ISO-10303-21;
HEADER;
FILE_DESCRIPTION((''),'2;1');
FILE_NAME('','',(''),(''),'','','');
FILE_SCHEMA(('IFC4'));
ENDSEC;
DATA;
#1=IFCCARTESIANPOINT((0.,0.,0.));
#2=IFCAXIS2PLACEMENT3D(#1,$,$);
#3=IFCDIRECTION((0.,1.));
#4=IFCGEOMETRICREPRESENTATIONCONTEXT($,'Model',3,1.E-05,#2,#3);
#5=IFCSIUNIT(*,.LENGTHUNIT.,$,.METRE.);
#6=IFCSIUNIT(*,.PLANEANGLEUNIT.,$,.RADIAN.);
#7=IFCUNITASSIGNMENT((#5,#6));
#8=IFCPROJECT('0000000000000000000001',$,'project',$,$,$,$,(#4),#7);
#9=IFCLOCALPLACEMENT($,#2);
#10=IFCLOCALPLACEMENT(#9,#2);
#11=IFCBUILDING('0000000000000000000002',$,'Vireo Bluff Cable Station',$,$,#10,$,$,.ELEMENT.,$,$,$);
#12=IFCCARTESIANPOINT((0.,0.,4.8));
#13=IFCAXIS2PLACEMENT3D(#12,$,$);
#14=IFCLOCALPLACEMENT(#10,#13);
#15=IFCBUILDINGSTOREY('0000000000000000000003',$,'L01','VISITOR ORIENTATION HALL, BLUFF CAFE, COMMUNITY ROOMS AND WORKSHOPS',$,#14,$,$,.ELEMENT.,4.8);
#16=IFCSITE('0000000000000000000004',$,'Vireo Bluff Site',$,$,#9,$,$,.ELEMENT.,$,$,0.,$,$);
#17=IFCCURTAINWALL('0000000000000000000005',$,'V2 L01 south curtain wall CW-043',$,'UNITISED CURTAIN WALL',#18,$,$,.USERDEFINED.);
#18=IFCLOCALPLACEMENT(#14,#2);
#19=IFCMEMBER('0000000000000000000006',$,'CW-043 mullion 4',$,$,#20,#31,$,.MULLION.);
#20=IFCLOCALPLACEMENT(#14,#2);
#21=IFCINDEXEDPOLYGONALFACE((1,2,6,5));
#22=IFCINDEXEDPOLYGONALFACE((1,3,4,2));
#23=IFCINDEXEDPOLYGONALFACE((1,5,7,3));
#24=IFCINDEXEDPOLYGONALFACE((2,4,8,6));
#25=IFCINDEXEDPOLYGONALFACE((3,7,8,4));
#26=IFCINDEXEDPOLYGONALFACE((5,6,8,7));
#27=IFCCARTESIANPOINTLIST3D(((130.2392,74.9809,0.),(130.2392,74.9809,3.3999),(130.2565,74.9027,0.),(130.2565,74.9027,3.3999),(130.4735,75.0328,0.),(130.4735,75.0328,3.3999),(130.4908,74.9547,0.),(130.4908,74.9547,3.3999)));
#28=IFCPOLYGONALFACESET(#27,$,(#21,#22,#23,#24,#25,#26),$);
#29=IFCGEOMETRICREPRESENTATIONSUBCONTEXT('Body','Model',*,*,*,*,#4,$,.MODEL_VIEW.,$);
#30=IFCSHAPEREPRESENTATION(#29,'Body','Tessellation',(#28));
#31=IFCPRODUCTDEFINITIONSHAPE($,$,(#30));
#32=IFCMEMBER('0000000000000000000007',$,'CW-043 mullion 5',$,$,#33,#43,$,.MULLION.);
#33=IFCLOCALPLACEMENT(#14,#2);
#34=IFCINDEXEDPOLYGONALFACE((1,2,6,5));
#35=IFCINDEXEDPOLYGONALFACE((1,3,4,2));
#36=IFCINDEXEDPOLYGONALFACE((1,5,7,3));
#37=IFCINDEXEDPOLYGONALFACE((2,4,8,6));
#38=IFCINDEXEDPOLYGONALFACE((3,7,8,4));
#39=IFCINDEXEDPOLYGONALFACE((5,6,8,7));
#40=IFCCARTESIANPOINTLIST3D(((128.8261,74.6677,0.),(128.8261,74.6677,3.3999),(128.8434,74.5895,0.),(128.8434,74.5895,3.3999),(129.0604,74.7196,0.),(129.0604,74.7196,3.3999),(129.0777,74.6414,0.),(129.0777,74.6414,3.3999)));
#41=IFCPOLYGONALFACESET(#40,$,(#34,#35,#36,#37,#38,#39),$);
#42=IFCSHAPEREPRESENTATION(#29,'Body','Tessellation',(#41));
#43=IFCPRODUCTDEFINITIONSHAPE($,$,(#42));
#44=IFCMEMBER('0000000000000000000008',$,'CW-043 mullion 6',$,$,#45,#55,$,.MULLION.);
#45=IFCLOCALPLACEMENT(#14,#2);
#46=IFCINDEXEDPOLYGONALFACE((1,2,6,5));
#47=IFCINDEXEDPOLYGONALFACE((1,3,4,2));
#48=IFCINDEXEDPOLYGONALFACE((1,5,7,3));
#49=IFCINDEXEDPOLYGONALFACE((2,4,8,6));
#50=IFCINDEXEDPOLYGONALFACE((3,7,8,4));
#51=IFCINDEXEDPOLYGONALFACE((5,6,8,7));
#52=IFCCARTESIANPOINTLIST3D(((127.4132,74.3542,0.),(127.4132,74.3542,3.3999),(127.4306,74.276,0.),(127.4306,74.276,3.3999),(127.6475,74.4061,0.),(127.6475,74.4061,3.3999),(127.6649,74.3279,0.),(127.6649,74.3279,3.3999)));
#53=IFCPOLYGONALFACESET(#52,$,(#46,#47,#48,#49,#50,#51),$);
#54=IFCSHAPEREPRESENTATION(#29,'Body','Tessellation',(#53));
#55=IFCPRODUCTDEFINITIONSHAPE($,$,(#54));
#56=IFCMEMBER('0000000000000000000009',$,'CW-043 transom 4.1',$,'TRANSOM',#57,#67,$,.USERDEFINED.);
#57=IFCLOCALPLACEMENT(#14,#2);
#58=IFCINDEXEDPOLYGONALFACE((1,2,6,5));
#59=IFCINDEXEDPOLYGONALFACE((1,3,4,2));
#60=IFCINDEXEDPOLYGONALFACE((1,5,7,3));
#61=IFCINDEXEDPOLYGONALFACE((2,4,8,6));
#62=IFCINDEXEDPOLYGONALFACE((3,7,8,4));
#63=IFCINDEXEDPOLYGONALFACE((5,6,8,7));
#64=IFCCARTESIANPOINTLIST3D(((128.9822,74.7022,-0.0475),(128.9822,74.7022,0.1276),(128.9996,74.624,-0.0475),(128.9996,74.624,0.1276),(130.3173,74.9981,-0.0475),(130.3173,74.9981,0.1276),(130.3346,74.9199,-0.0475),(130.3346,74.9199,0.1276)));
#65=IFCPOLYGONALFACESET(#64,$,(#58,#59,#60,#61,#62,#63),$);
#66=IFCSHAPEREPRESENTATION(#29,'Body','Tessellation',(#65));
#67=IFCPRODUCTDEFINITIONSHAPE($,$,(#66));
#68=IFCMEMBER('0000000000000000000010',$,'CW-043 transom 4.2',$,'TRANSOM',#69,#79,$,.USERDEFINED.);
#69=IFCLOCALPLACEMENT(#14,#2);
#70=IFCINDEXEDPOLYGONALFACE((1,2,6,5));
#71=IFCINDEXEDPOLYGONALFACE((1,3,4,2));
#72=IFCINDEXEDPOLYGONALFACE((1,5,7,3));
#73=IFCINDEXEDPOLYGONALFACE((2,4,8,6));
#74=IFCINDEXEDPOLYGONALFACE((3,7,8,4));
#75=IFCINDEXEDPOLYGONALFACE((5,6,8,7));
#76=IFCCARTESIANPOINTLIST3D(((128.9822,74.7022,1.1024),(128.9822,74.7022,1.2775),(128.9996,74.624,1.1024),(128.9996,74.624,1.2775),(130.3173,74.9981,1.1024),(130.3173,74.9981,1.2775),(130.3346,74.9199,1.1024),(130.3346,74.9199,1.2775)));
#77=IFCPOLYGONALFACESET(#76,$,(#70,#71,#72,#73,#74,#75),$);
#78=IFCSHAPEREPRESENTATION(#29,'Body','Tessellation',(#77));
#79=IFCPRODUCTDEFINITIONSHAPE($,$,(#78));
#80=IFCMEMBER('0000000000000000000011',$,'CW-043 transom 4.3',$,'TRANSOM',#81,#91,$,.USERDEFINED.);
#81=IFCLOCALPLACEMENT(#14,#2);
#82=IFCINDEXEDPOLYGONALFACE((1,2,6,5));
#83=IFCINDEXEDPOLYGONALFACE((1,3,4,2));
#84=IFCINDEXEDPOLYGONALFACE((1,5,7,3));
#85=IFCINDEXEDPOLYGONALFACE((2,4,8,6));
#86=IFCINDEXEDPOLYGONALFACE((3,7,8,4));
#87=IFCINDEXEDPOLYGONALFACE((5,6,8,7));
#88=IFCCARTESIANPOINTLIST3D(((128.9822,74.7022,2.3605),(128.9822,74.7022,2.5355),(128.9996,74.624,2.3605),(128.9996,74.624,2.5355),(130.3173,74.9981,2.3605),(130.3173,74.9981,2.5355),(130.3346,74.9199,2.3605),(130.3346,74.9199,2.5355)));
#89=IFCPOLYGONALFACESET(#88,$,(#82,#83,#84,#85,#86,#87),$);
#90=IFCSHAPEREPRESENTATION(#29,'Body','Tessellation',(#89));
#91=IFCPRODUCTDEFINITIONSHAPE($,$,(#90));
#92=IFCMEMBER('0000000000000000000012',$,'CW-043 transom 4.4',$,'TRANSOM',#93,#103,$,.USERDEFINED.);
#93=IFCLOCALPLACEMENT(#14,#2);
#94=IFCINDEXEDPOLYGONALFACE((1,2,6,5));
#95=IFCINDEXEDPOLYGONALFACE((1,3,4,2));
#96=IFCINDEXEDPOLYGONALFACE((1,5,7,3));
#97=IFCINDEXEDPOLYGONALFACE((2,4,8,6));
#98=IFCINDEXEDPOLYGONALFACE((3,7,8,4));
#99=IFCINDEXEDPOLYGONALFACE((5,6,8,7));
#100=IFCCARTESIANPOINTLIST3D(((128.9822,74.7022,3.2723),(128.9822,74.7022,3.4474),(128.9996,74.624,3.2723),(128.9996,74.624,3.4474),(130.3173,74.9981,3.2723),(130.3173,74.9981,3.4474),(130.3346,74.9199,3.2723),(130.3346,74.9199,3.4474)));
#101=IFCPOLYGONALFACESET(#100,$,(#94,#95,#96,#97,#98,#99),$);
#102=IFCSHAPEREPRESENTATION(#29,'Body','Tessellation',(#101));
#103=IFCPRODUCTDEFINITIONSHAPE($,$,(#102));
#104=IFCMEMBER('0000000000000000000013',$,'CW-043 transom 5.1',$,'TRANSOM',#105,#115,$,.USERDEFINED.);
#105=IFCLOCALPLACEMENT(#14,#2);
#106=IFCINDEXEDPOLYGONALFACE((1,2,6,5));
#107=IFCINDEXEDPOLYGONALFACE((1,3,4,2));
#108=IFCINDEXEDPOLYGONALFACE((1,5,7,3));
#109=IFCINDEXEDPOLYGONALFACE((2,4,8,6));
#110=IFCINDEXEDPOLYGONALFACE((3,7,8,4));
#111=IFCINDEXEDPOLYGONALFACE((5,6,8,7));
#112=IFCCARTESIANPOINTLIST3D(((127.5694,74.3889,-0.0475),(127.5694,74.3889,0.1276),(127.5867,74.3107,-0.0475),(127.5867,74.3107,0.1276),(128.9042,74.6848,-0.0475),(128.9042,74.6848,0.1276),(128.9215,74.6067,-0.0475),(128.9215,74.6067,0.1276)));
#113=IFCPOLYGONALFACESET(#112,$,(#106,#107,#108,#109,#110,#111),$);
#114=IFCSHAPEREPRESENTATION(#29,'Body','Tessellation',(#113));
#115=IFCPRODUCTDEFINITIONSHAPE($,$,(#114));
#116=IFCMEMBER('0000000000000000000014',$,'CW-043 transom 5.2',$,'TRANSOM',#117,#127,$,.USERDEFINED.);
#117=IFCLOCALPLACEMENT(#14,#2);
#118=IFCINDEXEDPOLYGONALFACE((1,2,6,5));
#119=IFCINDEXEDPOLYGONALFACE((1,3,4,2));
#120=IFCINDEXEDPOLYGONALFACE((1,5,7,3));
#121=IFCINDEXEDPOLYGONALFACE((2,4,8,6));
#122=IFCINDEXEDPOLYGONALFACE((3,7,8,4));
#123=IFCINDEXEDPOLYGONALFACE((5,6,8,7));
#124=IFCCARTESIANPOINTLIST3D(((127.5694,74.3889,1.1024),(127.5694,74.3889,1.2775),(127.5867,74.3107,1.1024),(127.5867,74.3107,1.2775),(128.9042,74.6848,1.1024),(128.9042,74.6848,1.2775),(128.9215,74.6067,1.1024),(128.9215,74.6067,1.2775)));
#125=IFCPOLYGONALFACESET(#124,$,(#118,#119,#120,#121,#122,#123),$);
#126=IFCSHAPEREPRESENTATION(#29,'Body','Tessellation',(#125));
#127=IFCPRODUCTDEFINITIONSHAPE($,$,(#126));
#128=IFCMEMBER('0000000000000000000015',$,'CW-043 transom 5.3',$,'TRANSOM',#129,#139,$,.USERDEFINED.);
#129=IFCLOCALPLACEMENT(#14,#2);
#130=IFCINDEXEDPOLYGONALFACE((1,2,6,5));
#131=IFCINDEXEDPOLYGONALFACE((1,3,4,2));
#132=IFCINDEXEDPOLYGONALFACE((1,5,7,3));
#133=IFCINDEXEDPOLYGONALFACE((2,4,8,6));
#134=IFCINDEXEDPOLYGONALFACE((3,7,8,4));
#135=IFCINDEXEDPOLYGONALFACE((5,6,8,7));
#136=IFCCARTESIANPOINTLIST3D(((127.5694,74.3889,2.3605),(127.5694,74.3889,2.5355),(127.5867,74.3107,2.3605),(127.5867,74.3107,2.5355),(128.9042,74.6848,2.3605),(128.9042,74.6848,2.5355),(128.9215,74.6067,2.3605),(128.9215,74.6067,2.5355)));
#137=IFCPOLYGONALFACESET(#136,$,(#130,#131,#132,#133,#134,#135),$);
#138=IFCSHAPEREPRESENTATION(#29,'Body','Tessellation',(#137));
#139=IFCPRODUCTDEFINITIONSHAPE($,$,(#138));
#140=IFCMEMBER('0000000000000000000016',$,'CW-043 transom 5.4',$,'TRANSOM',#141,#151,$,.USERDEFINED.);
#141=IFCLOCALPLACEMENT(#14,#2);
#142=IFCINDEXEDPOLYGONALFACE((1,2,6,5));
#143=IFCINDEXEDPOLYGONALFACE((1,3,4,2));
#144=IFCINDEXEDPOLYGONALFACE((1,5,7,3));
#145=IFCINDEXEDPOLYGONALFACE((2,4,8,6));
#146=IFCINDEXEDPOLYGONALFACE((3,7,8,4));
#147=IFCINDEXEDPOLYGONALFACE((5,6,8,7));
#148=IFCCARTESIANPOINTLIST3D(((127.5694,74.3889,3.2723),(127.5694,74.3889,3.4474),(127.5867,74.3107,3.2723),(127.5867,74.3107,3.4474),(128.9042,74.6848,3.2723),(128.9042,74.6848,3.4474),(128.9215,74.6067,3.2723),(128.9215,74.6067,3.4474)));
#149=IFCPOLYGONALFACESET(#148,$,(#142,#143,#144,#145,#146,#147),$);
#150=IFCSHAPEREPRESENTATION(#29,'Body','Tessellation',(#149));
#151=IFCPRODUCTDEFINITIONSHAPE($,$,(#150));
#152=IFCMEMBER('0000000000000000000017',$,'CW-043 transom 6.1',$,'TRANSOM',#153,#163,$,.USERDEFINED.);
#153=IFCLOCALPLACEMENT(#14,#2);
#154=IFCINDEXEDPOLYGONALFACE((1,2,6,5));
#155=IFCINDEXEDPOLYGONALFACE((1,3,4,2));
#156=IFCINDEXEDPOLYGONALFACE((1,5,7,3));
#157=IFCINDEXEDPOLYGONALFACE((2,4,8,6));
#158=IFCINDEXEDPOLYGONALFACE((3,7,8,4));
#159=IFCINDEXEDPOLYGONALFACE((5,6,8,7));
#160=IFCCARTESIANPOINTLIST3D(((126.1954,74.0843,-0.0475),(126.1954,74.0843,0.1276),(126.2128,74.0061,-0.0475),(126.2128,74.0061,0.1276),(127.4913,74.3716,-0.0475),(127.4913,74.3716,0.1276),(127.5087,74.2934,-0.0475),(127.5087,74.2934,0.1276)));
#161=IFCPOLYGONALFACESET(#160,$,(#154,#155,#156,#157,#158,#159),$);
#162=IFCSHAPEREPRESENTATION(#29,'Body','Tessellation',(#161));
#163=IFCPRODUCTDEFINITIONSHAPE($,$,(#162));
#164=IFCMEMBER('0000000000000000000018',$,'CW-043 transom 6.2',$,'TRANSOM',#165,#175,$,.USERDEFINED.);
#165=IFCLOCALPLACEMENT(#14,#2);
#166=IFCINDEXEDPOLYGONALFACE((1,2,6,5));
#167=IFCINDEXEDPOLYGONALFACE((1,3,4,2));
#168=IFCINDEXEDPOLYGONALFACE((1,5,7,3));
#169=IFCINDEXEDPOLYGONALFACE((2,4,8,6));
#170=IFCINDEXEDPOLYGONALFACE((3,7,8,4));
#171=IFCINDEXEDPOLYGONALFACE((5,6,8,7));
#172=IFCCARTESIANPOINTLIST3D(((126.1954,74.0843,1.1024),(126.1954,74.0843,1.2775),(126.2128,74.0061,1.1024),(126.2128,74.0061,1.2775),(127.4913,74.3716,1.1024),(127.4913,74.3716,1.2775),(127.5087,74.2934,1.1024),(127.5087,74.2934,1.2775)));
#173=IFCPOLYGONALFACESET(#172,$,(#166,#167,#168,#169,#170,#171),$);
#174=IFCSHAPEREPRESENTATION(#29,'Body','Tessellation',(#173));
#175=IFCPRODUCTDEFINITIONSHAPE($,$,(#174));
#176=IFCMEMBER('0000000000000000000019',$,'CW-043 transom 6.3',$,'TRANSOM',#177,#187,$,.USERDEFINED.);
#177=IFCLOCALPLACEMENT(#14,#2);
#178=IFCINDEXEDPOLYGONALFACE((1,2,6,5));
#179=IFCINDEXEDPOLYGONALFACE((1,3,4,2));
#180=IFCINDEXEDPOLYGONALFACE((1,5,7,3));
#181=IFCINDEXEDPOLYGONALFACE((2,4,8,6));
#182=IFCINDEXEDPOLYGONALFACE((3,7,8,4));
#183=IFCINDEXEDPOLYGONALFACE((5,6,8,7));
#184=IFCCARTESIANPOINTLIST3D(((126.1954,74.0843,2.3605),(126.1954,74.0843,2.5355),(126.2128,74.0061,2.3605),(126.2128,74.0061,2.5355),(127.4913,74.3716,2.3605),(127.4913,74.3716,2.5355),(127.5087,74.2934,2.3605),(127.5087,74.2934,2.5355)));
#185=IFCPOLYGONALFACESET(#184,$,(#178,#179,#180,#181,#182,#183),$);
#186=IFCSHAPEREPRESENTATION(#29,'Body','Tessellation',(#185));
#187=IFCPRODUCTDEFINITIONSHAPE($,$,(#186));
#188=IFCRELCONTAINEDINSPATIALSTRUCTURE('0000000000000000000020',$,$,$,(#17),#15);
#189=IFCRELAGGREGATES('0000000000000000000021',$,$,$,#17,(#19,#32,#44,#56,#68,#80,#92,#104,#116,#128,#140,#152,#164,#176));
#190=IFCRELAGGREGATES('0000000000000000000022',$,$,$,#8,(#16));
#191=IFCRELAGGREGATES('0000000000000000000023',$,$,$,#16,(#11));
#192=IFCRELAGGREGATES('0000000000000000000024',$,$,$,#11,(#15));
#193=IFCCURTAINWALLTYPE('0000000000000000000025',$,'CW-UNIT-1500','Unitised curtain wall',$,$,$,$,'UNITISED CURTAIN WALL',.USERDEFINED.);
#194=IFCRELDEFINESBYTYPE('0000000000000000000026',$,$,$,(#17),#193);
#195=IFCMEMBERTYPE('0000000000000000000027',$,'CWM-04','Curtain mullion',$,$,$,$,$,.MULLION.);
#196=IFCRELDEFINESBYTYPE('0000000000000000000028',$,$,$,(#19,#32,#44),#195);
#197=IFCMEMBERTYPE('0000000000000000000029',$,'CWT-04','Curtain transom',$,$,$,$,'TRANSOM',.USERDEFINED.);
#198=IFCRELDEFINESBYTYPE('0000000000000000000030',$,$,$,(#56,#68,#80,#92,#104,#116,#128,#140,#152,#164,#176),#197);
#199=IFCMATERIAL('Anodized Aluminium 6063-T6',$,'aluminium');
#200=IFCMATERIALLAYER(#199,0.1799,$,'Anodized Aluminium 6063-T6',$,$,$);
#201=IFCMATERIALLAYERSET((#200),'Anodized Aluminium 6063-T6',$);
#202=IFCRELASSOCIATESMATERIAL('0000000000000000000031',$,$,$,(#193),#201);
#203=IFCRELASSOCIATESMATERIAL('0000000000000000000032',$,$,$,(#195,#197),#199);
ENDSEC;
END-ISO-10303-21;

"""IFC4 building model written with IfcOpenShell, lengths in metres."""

from ifc_helpers import new_model, si_unit, direction, frame, origin, origin_2d, place, context, subcontext, project, spatial, rectangle, extrude, material, layer, layer_set, material_profile, profile_set, type_object, element, aggregate, save


model = new_model("IFC4")

# Units and contexts
model_context = context("Model", 3, precision=1e-05, world=origin(), true_north=direction((0.0, 1.0)))
body_context = subcontext(model_context, "Body", "Model", "MODEL_VIEW")
ifc_project = project(units=[si_unit("LENGTHUNIT", "METRE"), si_unit("PLANEANGLEUNIT", "RADIAN")], contexts=[model_context])

# Site, building, storey
site_placement = place(None, origin())
site = spatial("IfcSite", under=ifc_project, at=site_placement, Name="Vireo Bluff Site", CompositionType="ELEMENT", RefElevation=0.0)
building_placement = place(site_placement, origin())
building = spatial("IfcBuilding", under=site, at=building_placement, Name="Vireo Bluff Cable Station", CompositionType="ELEMENT")
storey_placement = place(building_placement, frame((0.0, 0.0, 4.8)))
storey = spatial("IfcBuildingStorey", under=building, at=storey_placement, Name="L01", Description="VISITOR ORIENTATION HALL, BLUFF CAFE, COMMUNITY ROOMS AND WORKSHOPS", CompositionType="ELEMENT", Elevation=4.8)

# Curtain wall, members
ifc_material_1 = material(Name="Anodized Aluminium 6063-T6", Category="aluminium")
ifc_layer_1 = layer(ifc_material_1, 0.1799, Name="Anodized Aluminium 6063-T6")
ifc_layer_set_1 = layer_set([ifc_layer_1], Name="Anodized Aluminium 6063-T6")
curtain_wall_type = type_object("IfcCurtainWallType", Name="CW-UNIT-1500", Description="Unitised curtain wall", ElementType="UNITISED CURTAIN WALL", PredefinedType="USERDEFINED", material=ifc_layer_set_1)
curtain_wall_placement = place(storey_placement, origin())
curtain_wall = element("IfcCurtainWall", 1, at=curtain_wall_placement, inside=storey, type_object=curtain_wall_type, Name="V2 L01 south curtain wall CW-043", ObjectType="UNITISED CURTAIN WALL", PredefinedType="USERDEFINED")
ifc_material_profile_1 = material_profile(ifc_material_1, rectangle(XDim=0.0801, YDim=0.24, at=origin_2d()), Name="ALU-M-80X240")
ifc_profile_set_1 = profile_set([ifc_material_profile_1], Name="Anodized Aluminium 6063-T6")
member_type_1 = type_object("IfcMemberType", Name="CWM-04", Description="Curtain mullion", PredefinedType="MULLION", material=ifc_profile_set_1)
member_1_placement = place(storey_placement, frame((130.365, 74.9678, 0.0), z_axis=(0.0, 0.0, 1.0), x_axis=(0.21644, -0.976296, 0.0)))
member_1 = element("IfcMember", 2, at=member_1_placement, type_object=member_type_1, Name="CW-043 mullion 4", PredefinedType="MULLION", context=body_context, shape_type="SweptSolid", body=[
    extrude(rectangle(XDim=0.0801, YDim=0.24, at=origin_2d()), origin(), (0.0, 0.0, 1.0), 3.3999),
])
member_2_placement = place(storey_placement, frame((128.9519, 74.6545, 0.0), z_axis=(0.0, 0.0, 1.0), x_axis=(0.21644, -0.976296, 0.0)))
member_2 = element("IfcMember", 3, at=member_2_placement, type_object=member_type_1, Name="CW-043 mullion 5", PredefinedType="MULLION", context=body_context, shape_type="SweptSolid", body=[
    extrude(rectangle(XDim=0.0801, YDim=0.24, at=origin_2d()), origin(), (0.0, 0.0, 1.0), 3.3999),
])
member_3_placement = place(storey_placement, frame((127.5391, 74.3411, 0.0), z_axis=(0.0, 0.0, 1.0), x_axis=(0.21644, -0.976296, 0.0)))
member_3 = element("IfcMember", 4, at=member_3_placement, type_object=member_type_1, Name="CW-043 mullion 6", PredefinedType="MULLION", context=body_context, shape_type="SweptSolid", body=[
    extrude(rectangle(XDim=0.0801, YDim=0.24, at=origin_2d()), origin(), (0.0, 0.0, 1.0), 3.3999),
])
ifc_material_profile_2 = material_profile(ifc_material_1, rectangle(XDim=0.0801, YDim=0.175, at=origin_2d()), Name="ALU-T-80X175")
ifc_profile_set_2 = profile_set([ifc_material_profile_2], Name="Anodized Aluminium 6063-T6")
member_type_2 = type_object("IfcMemberType", Name="CWT-04", Description="Curtain transom", ElementType="TRANSOM", PredefinedType="USERDEFINED", material=ifc_profile_set_2)
member_4_placement = place(storey_placement, frame((130.3259, 74.959, 0.04), z_axis=(-0.976305, -0.216401, 0.0), x_axis=(0.216401, -0.976305, 0.0)))
member_4 = element("IfcMember", 5, at=member_4_placement, type_object=member_type_2, Name="CW-043 transom 4.1", ObjectType="TRANSOM", PredefinedType="USERDEFINED", context=body_context, shape_type="SweptSolid", body=[
    extrude(rectangle(XDim=0.0801, YDim=0.175, at=origin_2d()), origin(), (0.0, 0.0, 1.0), 1.3674),
])
member_5_placement = place(storey_placement, frame((130.3259, 74.959, 1.1899), z_axis=(-0.976305, -0.216401, 0.0), x_axis=(0.216401, -0.976305, 0.0)))
member_5 = element("IfcMember", 6, at=member_5_placement, type_object=member_type_2, Name="CW-043 transom 4.2", ObjectType="TRANSOM", PredefinedType="USERDEFINED", context=body_context, shape_type="SweptSolid", body=[
    extrude(rectangle(XDim=0.0801, YDim=0.175, at=origin_2d()), origin(), (0.0, 0.0, 1.0), 1.3674),
])
member_6_placement = place(storey_placement, frame((130.3259, 74.959, 2.448), z_axis=(-0.976305, -0.216401, 0.0), x_axis=(0.216401, -0.976305, 0.0)))
member_6 = element("IfcMember", 7, at=member_6_placement, type_object=member_type_2, Name="CW-043 transom 4.3", ObjectType="TRANSOM", PredefinedType="USERDEFINED", context=body_context, shape_type="SweptSolid", body=[
    extrude(rectangle(XDim=0.0801, YDim=0.175, at=origin_2d()), origin(), (0.0, 0.0, 1.0), 1.3674),
])
member_7_placement = place(storey_placement, frame((130.3259, 74.959, 3.3599), z_axis=(-0.976305, -0.216401, 0.0), x_axis=(0.216401, -0.976305, 0.0)))
member_7 = element("IfcMember", 8, at=member_7_placement, type_object=member_type_2, Name="CW-043 transom 4.4", ObjectType="TRANSOM", PredefinedType="USERDEFINED", context=body_context, shape_type="SweptSolid", body=[
    extrude(rectangle(XDim=0.0801, YDim=0.175, at=origin_2d()), origin(), (0.0, 0.0, 1.0), 1.3674),
])
member_8_placement = place(storey_placement, frame((128.9128, 74.6458, 0.04), z_axis=(-0.976296, -0.216439, 0.0), x_axis=(0.216439, -0.976296, 0.0)))
member_8 = element("IfcMember", 9, at=member_8_placement, type_object=member_type_2, Name="CW-043 transom 5.1", ObjectType="TRANSOM", PredefinedType="USERDEFINED", context=body_context, shape_type="SweptSolid", body=[
    extrude(rectangle(XDim=0.0801, YDim=0.175, at=origin_2d()), origin(), (0.0, 0.0, 1.0), 1.3672),
])
member_9_placement = place(storey_placement, frame((128.9128, 74.6458, 1.1899), z_axis=(-0.976296, -0.216439, 0.0), x_axis=(0.216439, -0.976296, 0.0)))
member_9 = element("IfcMember", 10, at=member_9_placement, type_object=member_type_2, Name="CW-043 transom 5.2", ObjectType="TRANSOM", PredefinedType="USERDEFINED", context=body_context, shape_type="SweptSolid", body=[
    extrude(rectangle(XDim=0.0801, YDim=0.175, at=origin_2d()), origin(), (0.0, 0.0, 1.0), 1.3672),
])
member_10_placement = place(storey_placement, frame((128.9128, 74.6458, 2.448), z_axis=(-0.976296, -0.216439, 0.0), x_axis=(0.216439, -0.976296, 0.0)))
member_10 = element("IfcMember", 11, at=member_10_placement, type_object=member_type_2, Name="CW-043 transom 5.3", ObjectType="TRANSOM", PredefinedType="USERDEFINED", context=body_context, shape_type="SweptSolid", body=[
    extrude(rectangle(XDim=0.0801, YDim=0.175, at=origin_2d()), origin(), (0.0, 0.0, 1.0), 1.3672),
])
member_11_placement = place(storey_placement, frame((128.9128, 74.6458, 3.3599), z_axis=(-0.976296, -0.216439, 0.0), x_axis=(0.216439, -0.976296, 0.0)))
member_11 = element("IfcMember", 12, at=member_11_placement, type_object=member_type_2, Name="CW-043 transom 5.4", ObjectType="TRANSOM", PredefinedType="USERDEFINED", context=body_context, shape_type="SweptSolid", body=[
    extrude(rectangle(XDim=0.0801, YDim=0.175, at=origin_2d()), origin(), (0.0, 0.0, 1.0), 1.3672),
])
member_12_placement = place(storey_placement, frame((127.5, 74.3325, 0.04), z_axis=(-0.976286, -0.216483, 0.0), x_axis=(0.216483, -0.976286, 0.0)))
member_12 = element("IfcMember", 13, at=member_12_placement, type_object=member_type_2, Name="CW-043 transom 6.1", ObjectType="TRANSOM", PredefinedType="USERDEFINED", context=body_context, shape_type="SweptSolid", body=[
    extrude(rectangle(XDim=0.0801, YDim=0.175, at=origin_2d()), origin(), (0.0, 0.0, 1.0), 1.3274),
])
member_13_placement = place(storey_placement, frame((127.5, 74.3325, 1.1899), z_axis=(-0.976286, -0.216483, 0.0), x_axis=(0.216483, -0.976286, 0.0)))
member_13 = element("IfcMember", 14, at=member_13_placement, type_object=member_type_2, Name="CW-043 transom 6.2", ObjectType="TRANSOM", PredefinedType="USERDEFINED", context=body_context, shape_type="SweptSolid", body=[
    extrude(rectangle(XDim=0.0801, YDim=0.175, at=origin_2d()), origin(), (0.0, 0.0, 1.0), 1.3274),
])
member_14_placement = place(storey_placement, frame((127.5, 74.3325, 2.448), z_axis=(-0.976286, -0.216483, 0.0), x_axis=(0.216483, -0.976286, 0.0)))
member_14 = element("IfcMember", 15, at=member_14_placement, type_object=member_type_2, Name="CW-043 transom 6.3", ObjectType="TRANSOM", PredefinedType="USERDEFINED", context=body_context, shape_type="SweptSolid", body=[
    extrude(rectangle(XDim=0.0801, YDim=0.175, at=origin_2d()), origin(), (0.0, 0.0, 1.0), 1.3274),
])
aggregate(curtain_wall, [member_1, member_2, member_3, member_4, member_5, member_6, member_7, member_8, member_9, member_10, member_11, member_12, member_13, member_14])

save(model, "model.ifc")
